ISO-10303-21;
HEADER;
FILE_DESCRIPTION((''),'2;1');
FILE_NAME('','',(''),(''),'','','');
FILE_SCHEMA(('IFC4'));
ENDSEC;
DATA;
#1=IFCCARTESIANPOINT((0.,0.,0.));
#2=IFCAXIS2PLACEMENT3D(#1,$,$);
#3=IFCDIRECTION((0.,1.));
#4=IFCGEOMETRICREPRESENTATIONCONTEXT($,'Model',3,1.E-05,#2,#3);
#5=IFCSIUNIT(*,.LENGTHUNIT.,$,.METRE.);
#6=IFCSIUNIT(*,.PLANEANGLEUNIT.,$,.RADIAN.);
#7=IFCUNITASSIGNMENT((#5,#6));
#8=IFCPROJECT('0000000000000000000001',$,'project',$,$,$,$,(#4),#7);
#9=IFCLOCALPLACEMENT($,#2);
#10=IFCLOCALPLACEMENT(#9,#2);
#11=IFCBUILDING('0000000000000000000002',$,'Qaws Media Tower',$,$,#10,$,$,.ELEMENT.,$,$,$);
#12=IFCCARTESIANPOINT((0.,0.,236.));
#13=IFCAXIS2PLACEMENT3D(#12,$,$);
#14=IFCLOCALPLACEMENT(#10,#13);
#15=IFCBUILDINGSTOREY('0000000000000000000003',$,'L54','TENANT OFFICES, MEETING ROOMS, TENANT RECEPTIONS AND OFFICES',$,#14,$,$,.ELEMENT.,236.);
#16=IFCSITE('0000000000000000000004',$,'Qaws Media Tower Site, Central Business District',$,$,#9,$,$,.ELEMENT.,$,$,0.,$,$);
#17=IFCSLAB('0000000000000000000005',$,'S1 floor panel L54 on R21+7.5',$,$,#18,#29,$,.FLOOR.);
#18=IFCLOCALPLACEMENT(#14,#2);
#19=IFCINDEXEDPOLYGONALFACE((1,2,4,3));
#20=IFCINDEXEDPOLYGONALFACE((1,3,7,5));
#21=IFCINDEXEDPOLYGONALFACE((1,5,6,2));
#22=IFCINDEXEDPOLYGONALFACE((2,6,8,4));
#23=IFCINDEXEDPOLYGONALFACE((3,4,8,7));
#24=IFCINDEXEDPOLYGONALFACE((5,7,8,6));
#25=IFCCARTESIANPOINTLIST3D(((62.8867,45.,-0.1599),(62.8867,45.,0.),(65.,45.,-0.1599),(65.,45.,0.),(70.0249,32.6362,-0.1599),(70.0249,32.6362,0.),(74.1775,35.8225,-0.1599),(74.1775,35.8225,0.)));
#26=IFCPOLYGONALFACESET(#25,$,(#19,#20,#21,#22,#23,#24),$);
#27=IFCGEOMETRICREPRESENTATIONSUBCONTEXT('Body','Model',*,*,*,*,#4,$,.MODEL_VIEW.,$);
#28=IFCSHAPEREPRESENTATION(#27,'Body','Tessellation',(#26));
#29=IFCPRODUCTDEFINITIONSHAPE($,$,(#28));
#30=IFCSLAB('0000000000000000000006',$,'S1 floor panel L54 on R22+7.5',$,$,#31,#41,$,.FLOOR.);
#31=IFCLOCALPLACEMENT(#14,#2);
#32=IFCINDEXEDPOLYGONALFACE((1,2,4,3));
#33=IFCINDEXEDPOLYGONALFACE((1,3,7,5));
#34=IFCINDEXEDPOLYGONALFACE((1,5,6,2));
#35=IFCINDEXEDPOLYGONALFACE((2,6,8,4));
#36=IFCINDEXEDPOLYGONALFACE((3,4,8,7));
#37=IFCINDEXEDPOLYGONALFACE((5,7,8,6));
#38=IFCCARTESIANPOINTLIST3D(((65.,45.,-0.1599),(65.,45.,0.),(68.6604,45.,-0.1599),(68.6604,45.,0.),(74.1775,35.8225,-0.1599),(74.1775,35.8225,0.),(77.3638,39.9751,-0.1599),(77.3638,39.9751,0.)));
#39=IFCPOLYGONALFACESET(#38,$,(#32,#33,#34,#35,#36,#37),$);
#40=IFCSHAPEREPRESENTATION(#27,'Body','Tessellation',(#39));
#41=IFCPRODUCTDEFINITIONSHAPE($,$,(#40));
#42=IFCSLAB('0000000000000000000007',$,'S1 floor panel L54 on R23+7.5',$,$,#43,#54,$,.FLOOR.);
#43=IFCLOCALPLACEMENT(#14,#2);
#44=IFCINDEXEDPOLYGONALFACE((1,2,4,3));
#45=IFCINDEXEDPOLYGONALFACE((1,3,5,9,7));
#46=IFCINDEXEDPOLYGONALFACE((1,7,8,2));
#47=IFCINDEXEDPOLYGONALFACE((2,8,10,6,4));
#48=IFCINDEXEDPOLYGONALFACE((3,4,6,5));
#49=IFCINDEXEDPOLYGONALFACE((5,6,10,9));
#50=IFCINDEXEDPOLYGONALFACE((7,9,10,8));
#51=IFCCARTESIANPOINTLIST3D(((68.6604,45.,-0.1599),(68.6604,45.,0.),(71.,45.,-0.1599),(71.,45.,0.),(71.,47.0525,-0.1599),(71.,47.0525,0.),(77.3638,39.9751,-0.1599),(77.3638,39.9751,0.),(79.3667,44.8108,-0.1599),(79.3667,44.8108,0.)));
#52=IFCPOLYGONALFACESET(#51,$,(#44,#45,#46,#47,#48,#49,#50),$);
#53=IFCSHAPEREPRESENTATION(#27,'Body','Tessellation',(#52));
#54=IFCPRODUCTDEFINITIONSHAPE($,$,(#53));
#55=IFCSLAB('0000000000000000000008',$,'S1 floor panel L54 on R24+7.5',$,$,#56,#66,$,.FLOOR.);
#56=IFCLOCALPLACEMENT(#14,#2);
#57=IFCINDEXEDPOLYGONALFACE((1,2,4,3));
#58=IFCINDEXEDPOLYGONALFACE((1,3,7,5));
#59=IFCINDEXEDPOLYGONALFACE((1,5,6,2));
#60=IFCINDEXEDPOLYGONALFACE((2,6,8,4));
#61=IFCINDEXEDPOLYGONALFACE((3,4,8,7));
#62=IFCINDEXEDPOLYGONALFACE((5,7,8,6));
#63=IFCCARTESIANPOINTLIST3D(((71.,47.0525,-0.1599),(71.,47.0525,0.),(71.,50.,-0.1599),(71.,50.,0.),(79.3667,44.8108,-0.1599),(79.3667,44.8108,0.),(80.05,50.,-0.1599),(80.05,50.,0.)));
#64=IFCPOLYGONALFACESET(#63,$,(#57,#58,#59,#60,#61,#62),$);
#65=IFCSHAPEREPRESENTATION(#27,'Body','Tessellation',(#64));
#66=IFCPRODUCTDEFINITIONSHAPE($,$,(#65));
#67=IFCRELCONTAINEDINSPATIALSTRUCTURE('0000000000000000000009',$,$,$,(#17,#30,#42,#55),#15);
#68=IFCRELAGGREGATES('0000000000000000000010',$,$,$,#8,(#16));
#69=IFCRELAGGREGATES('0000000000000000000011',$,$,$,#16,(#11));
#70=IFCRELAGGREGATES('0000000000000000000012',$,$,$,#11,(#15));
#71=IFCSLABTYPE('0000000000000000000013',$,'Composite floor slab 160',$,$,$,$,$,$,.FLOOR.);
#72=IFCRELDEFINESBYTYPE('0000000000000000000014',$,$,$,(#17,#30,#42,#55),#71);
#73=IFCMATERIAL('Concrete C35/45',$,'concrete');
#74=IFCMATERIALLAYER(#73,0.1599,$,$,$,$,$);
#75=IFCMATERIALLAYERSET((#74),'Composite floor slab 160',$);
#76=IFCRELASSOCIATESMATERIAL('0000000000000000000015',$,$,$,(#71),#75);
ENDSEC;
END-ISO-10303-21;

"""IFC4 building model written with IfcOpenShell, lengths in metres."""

from ifc_helpers import new_model, si_unit, direction, frame, origin, place, context, subcontext, project, spatial, polyline, outline, extrude, material, layer, layer_set, type_object, element, save


model = new_model("IFC4")

# Units and contexts
model_context = context("Model", 3, precision=1e-05, world=origin(), true_north=direction((0.0, 1.0)))
body_context = subcontext(model_context, "Body", "Model", "MODEL_VIEW")
ifc_project = project(units=[si_unit("LENGTHUNIT", "METRE"), si_unit("PLANEANGLEUNIT", "RADIAN")], contexts=[model_context])

# Site, building, storey
site_placement = place(None, origin())
site = spatial("IfcSite", under=ifc_project, at=site_placement, Name="Qaws Media Tower Site, Central Business District", CompositionType="ELEMENT", RefElevation=0.0)
building_placement = place(site_placement, origin())
building = spatial("IfcBuilding", under=site, at=building_placement, Name="Qaws Media Tower", CompositionType="ELEMENT")
storey_placement = place(building_placement, frame((0.0, 0.0, 236.0)))
storey = spatial("IfcBuildingStorey", under=building, at=storey_placement, Name="L54", Description="TENANT OFFICES, MEETING ROOMS, TENANT RECEPTIONS AND OFFICES", CompositionType="ELEMENT", Elevation=236.0)

# Slabs
ifc_material_1 = material(Name="Concrete C35/45", Category="concrete")
ifc_layer_1 = layer(ifc_material_1, 0.1599)
ifc_layer_set_1 = layer_set([ifc_layer_1], Name="Composite floor slab 160")
slab_type_1 = type_object("IfcSlabType", Name="Composite floor slab 160", PredefinedType="FLOOR", material=ifc_layer_set_1)
slab_1_placement = place(storey_placement, frame((0.0, 0.0, -0.1599)))
element("IfcSlab", 1, at=slab_1_placement, inside=storey, type_object=slab_type_1, Name="S1 floor panel L54 on R21+7.5", PredefinedType="FLOOR", context=body_context, shape_type="SweptSolid", body=[
    extrude(outline(polyline([(74.1775, 35.8225), (70.0249, 32.6362), (62.8867, 45.0), (65.0, 45.0), (74.1775, 35.8225)])), origin(), (0.0, 0.0, 1.0), 0.1599),
])
slab_2_placement = place(storey_placement, frame((0.0, 0.0, -0.1599)))
element("IfcSlab", 2, at=slab_2_placement, inside=storey, type_object=slab_type_1, Name="S1 floor panel L54 on R22+7.5", PredefinedType="FLOOR", context=body_context, shape_type="SweptSolid", body=[
    extrude(outline(polyline([(77.3638, 39.9751), (74.1775, 35.8225), (65.0, 45.0), (68.6604, 45.0), (77.3638, 39.9751)])), origin(), (0.0, 0.0, 1.0), 0.1599),
])
slab_3_placement = place(storey_placement, frame((0.0, 0.0, -0.1599)))
element("IfcSlab", 3, at=slab_3_placement, inside=storey, type_object=slab_type_1, Name="S1 floor panel L54 on R23+7.5", PredefinedType="FLOOR", context=body_context, shape_type="SweptSolid", body=[
    extrude(outline(polyline([(77.3638, 39.9751), (68.6604, 45.0), (71.0, 45.0), (71.0, 47.0525), (79.3667, 44.8108), (77.3638, 39.9751)])), origin(), (0.0, 0.0, 1.0), 0.1599),
])
slab_4_placement = place(storey_placement, frame((0.0, 0.0, -0.1599)))
element("IfcSlab", 4, at=slab_4_placement, inside=storey, type_object=slab_type_1, Name="S1 floor panel L54 on R24+7.5", PredefinedType="FLOOR", context=body_context, shape_type="SweptSolid", body=[
    extrude(outline(polyline([(79.3667, 44.8108), (71.0, 47.0525), (71.0, 50.0), (80.05, 50.0), (79.3667, 44.8108)])), origin(), (0.0, 0.0, 1.0), 0.1599),
])

save(model, "model.ifc")
